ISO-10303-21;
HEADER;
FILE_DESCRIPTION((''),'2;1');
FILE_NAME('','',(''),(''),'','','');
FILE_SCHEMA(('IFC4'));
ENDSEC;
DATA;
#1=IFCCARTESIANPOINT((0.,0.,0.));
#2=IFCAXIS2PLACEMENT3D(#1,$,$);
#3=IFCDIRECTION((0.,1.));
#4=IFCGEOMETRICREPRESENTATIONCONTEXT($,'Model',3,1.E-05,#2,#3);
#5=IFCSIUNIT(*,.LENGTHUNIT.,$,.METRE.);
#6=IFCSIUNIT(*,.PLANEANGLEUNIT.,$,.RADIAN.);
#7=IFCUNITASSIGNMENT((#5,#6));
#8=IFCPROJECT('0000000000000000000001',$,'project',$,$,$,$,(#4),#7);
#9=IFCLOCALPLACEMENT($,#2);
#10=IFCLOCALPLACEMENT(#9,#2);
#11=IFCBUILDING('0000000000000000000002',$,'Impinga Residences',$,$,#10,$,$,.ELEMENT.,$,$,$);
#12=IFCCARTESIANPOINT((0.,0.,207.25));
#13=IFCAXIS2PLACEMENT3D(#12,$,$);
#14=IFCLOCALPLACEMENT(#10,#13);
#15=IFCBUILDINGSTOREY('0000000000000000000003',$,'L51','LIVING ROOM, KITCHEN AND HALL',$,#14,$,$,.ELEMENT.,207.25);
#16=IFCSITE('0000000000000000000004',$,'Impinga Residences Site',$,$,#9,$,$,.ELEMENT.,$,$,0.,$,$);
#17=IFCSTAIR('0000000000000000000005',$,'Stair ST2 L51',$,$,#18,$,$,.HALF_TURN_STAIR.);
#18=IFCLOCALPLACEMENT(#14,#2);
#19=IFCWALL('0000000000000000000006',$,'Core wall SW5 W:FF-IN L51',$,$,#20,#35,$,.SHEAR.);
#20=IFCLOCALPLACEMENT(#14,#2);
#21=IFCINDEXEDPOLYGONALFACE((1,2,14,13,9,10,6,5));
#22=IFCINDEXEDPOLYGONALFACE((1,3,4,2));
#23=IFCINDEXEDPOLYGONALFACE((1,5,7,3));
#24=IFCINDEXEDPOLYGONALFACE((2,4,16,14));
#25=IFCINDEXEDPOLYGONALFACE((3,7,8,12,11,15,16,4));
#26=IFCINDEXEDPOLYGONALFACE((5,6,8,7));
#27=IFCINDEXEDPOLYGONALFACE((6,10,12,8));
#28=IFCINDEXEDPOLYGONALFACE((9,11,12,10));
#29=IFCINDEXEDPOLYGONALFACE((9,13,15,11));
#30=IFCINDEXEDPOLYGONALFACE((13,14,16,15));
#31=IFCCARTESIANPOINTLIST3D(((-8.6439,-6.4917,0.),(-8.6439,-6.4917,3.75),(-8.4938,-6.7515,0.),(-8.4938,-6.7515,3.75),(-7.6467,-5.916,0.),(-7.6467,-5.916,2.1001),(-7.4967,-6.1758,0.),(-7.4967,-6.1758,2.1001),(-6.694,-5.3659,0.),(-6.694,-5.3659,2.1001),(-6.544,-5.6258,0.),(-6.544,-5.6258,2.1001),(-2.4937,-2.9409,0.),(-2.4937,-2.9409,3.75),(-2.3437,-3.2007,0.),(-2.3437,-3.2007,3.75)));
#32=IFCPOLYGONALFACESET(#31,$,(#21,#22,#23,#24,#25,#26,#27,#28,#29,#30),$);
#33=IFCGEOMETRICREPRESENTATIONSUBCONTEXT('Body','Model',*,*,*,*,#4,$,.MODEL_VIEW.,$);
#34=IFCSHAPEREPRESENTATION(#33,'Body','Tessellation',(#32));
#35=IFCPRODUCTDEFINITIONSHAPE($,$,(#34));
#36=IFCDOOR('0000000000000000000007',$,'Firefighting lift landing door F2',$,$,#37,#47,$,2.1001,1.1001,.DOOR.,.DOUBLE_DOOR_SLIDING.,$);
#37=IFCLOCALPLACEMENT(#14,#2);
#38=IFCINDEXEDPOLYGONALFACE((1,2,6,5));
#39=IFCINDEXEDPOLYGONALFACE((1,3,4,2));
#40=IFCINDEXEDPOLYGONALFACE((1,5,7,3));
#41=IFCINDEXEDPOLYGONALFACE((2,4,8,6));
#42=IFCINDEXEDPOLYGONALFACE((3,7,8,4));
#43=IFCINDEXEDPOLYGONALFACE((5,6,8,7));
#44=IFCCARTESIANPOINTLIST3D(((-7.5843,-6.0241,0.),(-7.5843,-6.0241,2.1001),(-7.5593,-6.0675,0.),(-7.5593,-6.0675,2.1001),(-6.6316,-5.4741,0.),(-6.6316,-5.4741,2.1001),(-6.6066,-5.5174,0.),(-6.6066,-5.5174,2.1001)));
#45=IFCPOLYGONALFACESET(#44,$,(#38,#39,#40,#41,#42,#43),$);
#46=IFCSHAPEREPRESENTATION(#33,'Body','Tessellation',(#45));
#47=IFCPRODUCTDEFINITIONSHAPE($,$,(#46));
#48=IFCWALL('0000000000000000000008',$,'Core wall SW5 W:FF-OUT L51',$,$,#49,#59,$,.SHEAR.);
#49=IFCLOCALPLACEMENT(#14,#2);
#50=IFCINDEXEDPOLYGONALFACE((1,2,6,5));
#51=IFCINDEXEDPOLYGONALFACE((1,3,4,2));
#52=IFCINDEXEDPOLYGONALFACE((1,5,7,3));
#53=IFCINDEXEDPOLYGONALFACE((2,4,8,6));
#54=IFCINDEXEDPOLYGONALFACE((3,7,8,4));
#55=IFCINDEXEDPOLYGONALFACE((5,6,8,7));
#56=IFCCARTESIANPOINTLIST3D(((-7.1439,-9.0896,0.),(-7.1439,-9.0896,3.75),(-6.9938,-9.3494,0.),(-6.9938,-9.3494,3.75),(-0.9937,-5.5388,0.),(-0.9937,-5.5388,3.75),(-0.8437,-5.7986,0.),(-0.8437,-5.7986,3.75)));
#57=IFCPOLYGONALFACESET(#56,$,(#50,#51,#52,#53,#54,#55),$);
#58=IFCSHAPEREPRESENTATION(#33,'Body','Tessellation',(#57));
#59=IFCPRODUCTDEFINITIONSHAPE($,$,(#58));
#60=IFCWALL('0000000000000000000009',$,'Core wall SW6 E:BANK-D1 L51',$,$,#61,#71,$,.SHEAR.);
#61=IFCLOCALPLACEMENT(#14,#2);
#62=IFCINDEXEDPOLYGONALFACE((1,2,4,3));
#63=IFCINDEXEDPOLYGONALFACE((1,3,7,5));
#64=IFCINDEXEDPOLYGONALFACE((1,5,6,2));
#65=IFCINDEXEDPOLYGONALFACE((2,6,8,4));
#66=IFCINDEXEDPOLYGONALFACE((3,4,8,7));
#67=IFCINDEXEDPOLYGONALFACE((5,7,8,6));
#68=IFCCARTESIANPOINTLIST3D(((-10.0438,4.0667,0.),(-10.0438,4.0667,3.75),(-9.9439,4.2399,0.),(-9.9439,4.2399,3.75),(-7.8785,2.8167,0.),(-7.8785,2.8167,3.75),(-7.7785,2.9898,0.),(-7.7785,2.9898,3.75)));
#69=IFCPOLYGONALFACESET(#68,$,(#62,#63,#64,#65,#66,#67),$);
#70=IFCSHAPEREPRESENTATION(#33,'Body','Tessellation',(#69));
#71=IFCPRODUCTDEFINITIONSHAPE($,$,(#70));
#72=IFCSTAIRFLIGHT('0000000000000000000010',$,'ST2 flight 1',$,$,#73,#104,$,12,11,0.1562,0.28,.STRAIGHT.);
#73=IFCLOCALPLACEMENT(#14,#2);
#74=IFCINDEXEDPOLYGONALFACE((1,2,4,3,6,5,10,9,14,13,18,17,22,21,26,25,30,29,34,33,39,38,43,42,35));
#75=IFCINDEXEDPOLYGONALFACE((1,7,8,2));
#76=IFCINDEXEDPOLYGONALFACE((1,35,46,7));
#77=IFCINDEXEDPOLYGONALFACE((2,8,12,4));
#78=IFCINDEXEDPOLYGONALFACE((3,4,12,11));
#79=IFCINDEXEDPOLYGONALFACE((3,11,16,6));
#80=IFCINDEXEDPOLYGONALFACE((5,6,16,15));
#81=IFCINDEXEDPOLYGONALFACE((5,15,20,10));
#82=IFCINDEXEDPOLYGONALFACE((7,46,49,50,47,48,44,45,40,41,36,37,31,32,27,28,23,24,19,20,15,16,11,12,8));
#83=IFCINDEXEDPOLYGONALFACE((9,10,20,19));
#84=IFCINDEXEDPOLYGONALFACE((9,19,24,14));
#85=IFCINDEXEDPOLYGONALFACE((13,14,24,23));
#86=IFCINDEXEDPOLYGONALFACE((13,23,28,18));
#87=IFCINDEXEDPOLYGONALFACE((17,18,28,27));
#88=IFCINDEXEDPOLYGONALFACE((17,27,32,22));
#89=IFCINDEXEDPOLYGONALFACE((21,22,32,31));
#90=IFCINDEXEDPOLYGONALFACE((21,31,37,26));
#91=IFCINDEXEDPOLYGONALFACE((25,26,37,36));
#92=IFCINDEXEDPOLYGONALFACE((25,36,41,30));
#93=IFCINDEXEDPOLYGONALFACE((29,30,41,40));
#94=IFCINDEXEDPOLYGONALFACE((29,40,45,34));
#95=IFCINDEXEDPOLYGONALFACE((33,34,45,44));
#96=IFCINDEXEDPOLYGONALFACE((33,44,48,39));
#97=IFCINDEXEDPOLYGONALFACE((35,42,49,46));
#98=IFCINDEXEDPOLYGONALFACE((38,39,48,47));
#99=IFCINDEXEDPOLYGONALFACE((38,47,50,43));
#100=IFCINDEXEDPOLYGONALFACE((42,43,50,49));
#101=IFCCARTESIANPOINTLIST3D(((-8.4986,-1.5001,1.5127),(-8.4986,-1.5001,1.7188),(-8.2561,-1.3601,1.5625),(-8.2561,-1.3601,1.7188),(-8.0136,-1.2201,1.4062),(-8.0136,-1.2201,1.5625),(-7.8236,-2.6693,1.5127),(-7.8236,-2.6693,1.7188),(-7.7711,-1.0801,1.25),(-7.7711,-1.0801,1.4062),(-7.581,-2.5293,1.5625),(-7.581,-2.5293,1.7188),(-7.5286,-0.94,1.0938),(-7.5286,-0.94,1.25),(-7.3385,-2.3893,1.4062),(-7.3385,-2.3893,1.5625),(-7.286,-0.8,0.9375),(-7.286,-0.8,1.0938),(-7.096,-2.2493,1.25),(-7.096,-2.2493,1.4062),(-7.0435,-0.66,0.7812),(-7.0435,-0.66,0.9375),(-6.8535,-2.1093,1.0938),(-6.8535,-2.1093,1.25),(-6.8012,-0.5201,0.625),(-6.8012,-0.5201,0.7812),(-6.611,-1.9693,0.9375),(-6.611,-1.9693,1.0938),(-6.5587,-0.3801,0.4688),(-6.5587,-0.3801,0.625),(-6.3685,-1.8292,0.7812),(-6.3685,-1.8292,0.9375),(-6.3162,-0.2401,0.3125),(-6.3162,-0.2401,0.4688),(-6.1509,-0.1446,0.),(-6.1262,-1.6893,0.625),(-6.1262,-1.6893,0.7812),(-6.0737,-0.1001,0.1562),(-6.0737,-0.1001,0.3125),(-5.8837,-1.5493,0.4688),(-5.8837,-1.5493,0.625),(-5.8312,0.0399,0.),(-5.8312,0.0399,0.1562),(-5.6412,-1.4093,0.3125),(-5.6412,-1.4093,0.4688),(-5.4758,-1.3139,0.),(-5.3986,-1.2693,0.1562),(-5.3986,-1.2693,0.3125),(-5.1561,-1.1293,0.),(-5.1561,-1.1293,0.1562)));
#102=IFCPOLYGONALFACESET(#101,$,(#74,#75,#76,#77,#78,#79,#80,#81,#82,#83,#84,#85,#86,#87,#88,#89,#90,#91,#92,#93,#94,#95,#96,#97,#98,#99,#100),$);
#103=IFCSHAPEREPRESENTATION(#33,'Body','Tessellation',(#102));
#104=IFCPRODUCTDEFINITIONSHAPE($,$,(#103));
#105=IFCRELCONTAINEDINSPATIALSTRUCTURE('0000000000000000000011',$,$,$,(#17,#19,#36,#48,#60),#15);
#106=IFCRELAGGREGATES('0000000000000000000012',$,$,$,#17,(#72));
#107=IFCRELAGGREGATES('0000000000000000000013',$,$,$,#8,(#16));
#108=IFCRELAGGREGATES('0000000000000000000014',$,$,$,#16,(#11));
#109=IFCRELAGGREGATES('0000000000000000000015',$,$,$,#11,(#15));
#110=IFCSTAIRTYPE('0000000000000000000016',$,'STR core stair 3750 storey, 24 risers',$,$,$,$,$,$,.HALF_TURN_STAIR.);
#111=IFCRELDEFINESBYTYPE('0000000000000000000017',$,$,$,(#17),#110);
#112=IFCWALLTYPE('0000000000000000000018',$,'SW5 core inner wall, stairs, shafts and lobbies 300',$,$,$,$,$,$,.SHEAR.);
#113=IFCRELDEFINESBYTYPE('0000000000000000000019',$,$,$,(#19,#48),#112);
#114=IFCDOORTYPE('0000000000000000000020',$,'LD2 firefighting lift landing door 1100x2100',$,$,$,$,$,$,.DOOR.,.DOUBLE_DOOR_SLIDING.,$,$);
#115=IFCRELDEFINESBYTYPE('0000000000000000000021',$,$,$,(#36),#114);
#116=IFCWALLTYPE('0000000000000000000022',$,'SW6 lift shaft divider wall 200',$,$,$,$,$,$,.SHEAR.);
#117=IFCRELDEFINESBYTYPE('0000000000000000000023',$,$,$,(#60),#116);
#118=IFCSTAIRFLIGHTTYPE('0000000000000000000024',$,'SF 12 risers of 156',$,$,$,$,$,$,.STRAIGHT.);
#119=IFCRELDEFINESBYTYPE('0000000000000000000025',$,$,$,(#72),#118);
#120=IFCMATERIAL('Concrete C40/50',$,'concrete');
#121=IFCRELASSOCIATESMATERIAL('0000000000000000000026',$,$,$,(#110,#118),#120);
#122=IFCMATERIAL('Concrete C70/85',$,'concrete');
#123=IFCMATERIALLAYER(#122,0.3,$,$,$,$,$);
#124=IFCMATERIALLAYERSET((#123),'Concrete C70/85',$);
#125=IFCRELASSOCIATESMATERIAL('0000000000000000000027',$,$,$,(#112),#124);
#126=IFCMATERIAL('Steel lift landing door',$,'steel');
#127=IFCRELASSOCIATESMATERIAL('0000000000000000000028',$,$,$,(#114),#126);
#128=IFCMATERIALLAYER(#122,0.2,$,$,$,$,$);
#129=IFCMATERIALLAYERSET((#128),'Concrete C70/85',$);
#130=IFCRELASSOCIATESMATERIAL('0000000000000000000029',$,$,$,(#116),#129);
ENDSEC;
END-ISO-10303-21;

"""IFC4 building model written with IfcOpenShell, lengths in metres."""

from ifc_helpers import new_model, si_unit, direction, frame, frame_2d, origin, place, context, subcontext, project, spatial, polyline, rectangle, outline, extrude, material, layer, layer_set, type_object, element, fill, aggregate, save


model = new_model("IFC4")

# Units and contexts
model_context = context("Model", 3, precision=1e-05, world=origin(), true_north=direction((0.0, 1.0)))
body_context = subcontext(model_context, "Body", "Model", "MODEL_VIEW")
ifc_project = project(units=[si_unit("LENGTHUNIT", "METRE"), si_unit("PLANEANGLEUNIT", "RADIAN")], contexts=[model_context])

# Site, building, storey
site_placement = place(None, origin())
site = spatial("IfcSite", under=ifc_project, at=site_placement, Name="Impinga Residences Site", CompositionType="ELEMENT", RefElevation=0.0)
building_placement = place(site_placement, origin())
building = spatial("IfcBuilding", under=site, at=building_placement, Name="Impinga Residences", CompositionType="ELEMENT")
storey_placement = place(building_placement, frame((0.0, 0.0, 207.25)))
storey = spatial("IfcBuildingStorey", under=building, at=storey_placement, Name="L51", Description="LIVING ROOM, KITCHEN AND HALL", CompositionType="ELEMENT", Elevation=207.25)

# Stair
ifc_material_1 = material(Name="Concrete C40/50", Category="concrete")
stair_type_1 = type_object("IfcStairType", Name="STR core stair 3750 storey, 24 risers", PredefinedType="HALF_TURN_STAIR", material=ifc_material_1)
stair_1_placement = place(storey_placement, origin())
stair_1 = element("IfcStair", 1, at=stair_1_placement, inside=storey, type_object=stair_type_1, Name="Stair ST2 L51", PredefinedType="HALF_TURN_STAIR")

# Shared definitions
ifc_material_2 = material(Name="Concrete C70/85", Category="concrete")
ifc_layer_1 = layer(ifc_material_2, 0.3)
ifc_layer_set_1 = layer_set([ifc_layer_1], Name="Concrete C70/85")
wall_type_1 = type_object("IfcWallType", Name="SW5 core inner wall, stairs, shafts and lobbies 300", PredefinedType="SHEAR", material=ifc_layer_set_1)

# Wall, opening, door
wall_1_placement = place(storey_placement, frame((-2.4187, -3.0708, 0.0), z_axis=(0.0, 0.0, 1.0), x_axis=(-0.866026, -0.499999, 0.0)))
wall_1 = element("IfcWall", 2, at=wall_1_placement, inside=storey, type_object=wall_type_1, Name="Core wall SW5 W:FF-IN L51", PredefinedType="SHEAR", context=body_context, shape_type="SweptSolid", body=[
    extrude(rectangle(XDim=7.1016, YDim=0.3, at=frame_2d((3.5508, 0.0))), origin(), (0.0, 0.0, 1.0), 3.75),
])
opening_1_placement = place(wall_1_placement, frame((4.8501, 0.0, 0.0)))
opening_1 = element("IfcOpeningElement", 3, at=opening_1_placement, cuts=wall_1, PredefinedType="OPENING", context=body_context, shape_type="SweptSolid", body=[
    extrude(rectangle(XDim=1.1001, YDim=2.1001, at=frame_2d((0.55, 1.05))), frame((0.0, 0.1599, 0.0), z_axis=(0.0, -1.0, 0.0), x_axis=(1.0, 0.0, 0.0)), (0.0, 0.0, 1.0), 0.3201),
])
ifc_material_3 = material(Name="Steel lift landing door", Category="steel")
door_type_1 = type_object("IfcDoorType", Name="LD2 firefighting lift landing door 1100x2100", OperationType="DOUBLE_DOOR_SLIDING", PredefinedType="DOOR", material=ifc_material_3)
door_1_placement = place(opening_1_placement, origin())
door_1 = element("IfcDoor", 4, at=door_1_placement, inside=storey, type_object=door_type_1, Name="Firefighting lift landing door F2", OperationType="DOUBLE_DOOR_SLIDING", OverallHeight=2.1001, OverallWidth=1.1001, PredefinedType="DOOR", context=body_context, shape_type="SweptSolid", body=[
    extrude(rectangle(XDim=1.1001, YDim=2.1001, at=frame_2d((0.55, 1.05))), frame((0.0, 0.0249, 0.0), z_axis=(0.0, -1.0, 0.0), x_axis=(1.0, 0.0, 0.0)), (0.0, 0.0, 1.0), 0.05),
])
fill(opening_1, door_1)

# Walls
wall_2_placement = place(storey_placement, frame((-0.9187, -5.6687, 0.0), z_axis=(0.0, 0.0, 1.0), x_axis=(-0.866026, -0.499999, 0.0)))
element("IfcWall", 5, at=wall_2_placement, inside=storey, type_object=wall_type_1, Name="Core wall SW5 W:FF-OUT L51", PredefinedType="SHEAR", context=body_context, shape_type="SweptSolid", body=[
    extrude(rectangle(XDim=7.1016, YDim=0.3, at=frame_2d((3.5508, 0.0))), origin(), (0.0, 0.0, 1.0), 3.75),
])
ifc_layer_2 = layer(ifc_material_2, 0.2)
ifc_layer_set_2 = layer_set([ifc_layer_2], Name="Concrete C70/85")
wall_type_2 = type_object("IfcWallType", Name="SW6 lift shaft divider wall 200", PredefinedType="SHEAR", material=ifc_layer_set_2)
wall_3_placement = place(storey_placement, frame((-7.8286, 2.9033, 0.0), z_axis=(0.0, 0.0, 1.0), x_axis=(-0.866047, 0.499962, 0.0)))
element("IfcWall", 6, at=wall_3_placement, inside=storey, type_object=wall_type_2, Name="Core wall SW6 E:BANK-D1 L51", PredefinedType="SHEAR", context=body_context, shape_type="SweptSolid", body=[
    extrude(rectangle(XDim=2.5002, YDim=0.2, at=frame_2d((1.25, 0.0))), origin(), (0.0, 0.0, 1.0), 3.75),
])

# Stair flight
stair_flight_type = type_object("IfcStairFlightType", Name="SF 12 risers of 156", PredefinedType="STRAIGHT", material=ifc_material_1)
stair_flight_placement = place(storey_placement, frame((-5.4937, -0.5447, 0.0), z_axis=(0.0, 0.0, 1.0), x_axis=(-0.866025, -0.5, 0.0)))
stair_flight = element("IfcStairFlight", 7, at=stair_flight_placement, type_object=stair_flight_type, Name="ST2 flight 1", NumberOfRisers=12, NumberOfTreads=11, PredefinedType="STRAIGHT", RiserHeight=0.1562, TreadLength=0.28, context=body_context, shape_type="SweptSolid", body=[
    extrude(outline(polyline([(0.0, 0.0), (0.0, 0.1562), (0.28, 0.1562), (0.28, 0.3125), (0.5601, 0.3125), (0.5601, 0.4688), (0.8401, 0.4688), (0.8401, 0.625), (1.1201, 0.625), (1.1201, 0.7812), (1.3999, 0.7812), (1.3999, 0.9375), (1.6799, 0.9375), (1.6799, 1.0938), (1.96, 1.0938), (1.96, 1.25), (2.24, 1.25), (2.24, 1.4062), (2.52, 1.4062), (2.52, 1.5625), (2.8, 1.5625), (2.8, 1.7188), (3.0801, 1.7188), (3.0801, 1.875), (3.0801, 1.5127), (0.3691, 0.0), (0.0, 0.0)])), frame((0.0, 0.675, 0.0), z_axis=(0.0, -1.0, 0.0), x_axis=(1.0, 0.0, 0.0)), (0.0, 0.0, 1.0), 1.3501),
])
aggregate(stair_1, [stair_flight])

save(model, "model.ifc")
